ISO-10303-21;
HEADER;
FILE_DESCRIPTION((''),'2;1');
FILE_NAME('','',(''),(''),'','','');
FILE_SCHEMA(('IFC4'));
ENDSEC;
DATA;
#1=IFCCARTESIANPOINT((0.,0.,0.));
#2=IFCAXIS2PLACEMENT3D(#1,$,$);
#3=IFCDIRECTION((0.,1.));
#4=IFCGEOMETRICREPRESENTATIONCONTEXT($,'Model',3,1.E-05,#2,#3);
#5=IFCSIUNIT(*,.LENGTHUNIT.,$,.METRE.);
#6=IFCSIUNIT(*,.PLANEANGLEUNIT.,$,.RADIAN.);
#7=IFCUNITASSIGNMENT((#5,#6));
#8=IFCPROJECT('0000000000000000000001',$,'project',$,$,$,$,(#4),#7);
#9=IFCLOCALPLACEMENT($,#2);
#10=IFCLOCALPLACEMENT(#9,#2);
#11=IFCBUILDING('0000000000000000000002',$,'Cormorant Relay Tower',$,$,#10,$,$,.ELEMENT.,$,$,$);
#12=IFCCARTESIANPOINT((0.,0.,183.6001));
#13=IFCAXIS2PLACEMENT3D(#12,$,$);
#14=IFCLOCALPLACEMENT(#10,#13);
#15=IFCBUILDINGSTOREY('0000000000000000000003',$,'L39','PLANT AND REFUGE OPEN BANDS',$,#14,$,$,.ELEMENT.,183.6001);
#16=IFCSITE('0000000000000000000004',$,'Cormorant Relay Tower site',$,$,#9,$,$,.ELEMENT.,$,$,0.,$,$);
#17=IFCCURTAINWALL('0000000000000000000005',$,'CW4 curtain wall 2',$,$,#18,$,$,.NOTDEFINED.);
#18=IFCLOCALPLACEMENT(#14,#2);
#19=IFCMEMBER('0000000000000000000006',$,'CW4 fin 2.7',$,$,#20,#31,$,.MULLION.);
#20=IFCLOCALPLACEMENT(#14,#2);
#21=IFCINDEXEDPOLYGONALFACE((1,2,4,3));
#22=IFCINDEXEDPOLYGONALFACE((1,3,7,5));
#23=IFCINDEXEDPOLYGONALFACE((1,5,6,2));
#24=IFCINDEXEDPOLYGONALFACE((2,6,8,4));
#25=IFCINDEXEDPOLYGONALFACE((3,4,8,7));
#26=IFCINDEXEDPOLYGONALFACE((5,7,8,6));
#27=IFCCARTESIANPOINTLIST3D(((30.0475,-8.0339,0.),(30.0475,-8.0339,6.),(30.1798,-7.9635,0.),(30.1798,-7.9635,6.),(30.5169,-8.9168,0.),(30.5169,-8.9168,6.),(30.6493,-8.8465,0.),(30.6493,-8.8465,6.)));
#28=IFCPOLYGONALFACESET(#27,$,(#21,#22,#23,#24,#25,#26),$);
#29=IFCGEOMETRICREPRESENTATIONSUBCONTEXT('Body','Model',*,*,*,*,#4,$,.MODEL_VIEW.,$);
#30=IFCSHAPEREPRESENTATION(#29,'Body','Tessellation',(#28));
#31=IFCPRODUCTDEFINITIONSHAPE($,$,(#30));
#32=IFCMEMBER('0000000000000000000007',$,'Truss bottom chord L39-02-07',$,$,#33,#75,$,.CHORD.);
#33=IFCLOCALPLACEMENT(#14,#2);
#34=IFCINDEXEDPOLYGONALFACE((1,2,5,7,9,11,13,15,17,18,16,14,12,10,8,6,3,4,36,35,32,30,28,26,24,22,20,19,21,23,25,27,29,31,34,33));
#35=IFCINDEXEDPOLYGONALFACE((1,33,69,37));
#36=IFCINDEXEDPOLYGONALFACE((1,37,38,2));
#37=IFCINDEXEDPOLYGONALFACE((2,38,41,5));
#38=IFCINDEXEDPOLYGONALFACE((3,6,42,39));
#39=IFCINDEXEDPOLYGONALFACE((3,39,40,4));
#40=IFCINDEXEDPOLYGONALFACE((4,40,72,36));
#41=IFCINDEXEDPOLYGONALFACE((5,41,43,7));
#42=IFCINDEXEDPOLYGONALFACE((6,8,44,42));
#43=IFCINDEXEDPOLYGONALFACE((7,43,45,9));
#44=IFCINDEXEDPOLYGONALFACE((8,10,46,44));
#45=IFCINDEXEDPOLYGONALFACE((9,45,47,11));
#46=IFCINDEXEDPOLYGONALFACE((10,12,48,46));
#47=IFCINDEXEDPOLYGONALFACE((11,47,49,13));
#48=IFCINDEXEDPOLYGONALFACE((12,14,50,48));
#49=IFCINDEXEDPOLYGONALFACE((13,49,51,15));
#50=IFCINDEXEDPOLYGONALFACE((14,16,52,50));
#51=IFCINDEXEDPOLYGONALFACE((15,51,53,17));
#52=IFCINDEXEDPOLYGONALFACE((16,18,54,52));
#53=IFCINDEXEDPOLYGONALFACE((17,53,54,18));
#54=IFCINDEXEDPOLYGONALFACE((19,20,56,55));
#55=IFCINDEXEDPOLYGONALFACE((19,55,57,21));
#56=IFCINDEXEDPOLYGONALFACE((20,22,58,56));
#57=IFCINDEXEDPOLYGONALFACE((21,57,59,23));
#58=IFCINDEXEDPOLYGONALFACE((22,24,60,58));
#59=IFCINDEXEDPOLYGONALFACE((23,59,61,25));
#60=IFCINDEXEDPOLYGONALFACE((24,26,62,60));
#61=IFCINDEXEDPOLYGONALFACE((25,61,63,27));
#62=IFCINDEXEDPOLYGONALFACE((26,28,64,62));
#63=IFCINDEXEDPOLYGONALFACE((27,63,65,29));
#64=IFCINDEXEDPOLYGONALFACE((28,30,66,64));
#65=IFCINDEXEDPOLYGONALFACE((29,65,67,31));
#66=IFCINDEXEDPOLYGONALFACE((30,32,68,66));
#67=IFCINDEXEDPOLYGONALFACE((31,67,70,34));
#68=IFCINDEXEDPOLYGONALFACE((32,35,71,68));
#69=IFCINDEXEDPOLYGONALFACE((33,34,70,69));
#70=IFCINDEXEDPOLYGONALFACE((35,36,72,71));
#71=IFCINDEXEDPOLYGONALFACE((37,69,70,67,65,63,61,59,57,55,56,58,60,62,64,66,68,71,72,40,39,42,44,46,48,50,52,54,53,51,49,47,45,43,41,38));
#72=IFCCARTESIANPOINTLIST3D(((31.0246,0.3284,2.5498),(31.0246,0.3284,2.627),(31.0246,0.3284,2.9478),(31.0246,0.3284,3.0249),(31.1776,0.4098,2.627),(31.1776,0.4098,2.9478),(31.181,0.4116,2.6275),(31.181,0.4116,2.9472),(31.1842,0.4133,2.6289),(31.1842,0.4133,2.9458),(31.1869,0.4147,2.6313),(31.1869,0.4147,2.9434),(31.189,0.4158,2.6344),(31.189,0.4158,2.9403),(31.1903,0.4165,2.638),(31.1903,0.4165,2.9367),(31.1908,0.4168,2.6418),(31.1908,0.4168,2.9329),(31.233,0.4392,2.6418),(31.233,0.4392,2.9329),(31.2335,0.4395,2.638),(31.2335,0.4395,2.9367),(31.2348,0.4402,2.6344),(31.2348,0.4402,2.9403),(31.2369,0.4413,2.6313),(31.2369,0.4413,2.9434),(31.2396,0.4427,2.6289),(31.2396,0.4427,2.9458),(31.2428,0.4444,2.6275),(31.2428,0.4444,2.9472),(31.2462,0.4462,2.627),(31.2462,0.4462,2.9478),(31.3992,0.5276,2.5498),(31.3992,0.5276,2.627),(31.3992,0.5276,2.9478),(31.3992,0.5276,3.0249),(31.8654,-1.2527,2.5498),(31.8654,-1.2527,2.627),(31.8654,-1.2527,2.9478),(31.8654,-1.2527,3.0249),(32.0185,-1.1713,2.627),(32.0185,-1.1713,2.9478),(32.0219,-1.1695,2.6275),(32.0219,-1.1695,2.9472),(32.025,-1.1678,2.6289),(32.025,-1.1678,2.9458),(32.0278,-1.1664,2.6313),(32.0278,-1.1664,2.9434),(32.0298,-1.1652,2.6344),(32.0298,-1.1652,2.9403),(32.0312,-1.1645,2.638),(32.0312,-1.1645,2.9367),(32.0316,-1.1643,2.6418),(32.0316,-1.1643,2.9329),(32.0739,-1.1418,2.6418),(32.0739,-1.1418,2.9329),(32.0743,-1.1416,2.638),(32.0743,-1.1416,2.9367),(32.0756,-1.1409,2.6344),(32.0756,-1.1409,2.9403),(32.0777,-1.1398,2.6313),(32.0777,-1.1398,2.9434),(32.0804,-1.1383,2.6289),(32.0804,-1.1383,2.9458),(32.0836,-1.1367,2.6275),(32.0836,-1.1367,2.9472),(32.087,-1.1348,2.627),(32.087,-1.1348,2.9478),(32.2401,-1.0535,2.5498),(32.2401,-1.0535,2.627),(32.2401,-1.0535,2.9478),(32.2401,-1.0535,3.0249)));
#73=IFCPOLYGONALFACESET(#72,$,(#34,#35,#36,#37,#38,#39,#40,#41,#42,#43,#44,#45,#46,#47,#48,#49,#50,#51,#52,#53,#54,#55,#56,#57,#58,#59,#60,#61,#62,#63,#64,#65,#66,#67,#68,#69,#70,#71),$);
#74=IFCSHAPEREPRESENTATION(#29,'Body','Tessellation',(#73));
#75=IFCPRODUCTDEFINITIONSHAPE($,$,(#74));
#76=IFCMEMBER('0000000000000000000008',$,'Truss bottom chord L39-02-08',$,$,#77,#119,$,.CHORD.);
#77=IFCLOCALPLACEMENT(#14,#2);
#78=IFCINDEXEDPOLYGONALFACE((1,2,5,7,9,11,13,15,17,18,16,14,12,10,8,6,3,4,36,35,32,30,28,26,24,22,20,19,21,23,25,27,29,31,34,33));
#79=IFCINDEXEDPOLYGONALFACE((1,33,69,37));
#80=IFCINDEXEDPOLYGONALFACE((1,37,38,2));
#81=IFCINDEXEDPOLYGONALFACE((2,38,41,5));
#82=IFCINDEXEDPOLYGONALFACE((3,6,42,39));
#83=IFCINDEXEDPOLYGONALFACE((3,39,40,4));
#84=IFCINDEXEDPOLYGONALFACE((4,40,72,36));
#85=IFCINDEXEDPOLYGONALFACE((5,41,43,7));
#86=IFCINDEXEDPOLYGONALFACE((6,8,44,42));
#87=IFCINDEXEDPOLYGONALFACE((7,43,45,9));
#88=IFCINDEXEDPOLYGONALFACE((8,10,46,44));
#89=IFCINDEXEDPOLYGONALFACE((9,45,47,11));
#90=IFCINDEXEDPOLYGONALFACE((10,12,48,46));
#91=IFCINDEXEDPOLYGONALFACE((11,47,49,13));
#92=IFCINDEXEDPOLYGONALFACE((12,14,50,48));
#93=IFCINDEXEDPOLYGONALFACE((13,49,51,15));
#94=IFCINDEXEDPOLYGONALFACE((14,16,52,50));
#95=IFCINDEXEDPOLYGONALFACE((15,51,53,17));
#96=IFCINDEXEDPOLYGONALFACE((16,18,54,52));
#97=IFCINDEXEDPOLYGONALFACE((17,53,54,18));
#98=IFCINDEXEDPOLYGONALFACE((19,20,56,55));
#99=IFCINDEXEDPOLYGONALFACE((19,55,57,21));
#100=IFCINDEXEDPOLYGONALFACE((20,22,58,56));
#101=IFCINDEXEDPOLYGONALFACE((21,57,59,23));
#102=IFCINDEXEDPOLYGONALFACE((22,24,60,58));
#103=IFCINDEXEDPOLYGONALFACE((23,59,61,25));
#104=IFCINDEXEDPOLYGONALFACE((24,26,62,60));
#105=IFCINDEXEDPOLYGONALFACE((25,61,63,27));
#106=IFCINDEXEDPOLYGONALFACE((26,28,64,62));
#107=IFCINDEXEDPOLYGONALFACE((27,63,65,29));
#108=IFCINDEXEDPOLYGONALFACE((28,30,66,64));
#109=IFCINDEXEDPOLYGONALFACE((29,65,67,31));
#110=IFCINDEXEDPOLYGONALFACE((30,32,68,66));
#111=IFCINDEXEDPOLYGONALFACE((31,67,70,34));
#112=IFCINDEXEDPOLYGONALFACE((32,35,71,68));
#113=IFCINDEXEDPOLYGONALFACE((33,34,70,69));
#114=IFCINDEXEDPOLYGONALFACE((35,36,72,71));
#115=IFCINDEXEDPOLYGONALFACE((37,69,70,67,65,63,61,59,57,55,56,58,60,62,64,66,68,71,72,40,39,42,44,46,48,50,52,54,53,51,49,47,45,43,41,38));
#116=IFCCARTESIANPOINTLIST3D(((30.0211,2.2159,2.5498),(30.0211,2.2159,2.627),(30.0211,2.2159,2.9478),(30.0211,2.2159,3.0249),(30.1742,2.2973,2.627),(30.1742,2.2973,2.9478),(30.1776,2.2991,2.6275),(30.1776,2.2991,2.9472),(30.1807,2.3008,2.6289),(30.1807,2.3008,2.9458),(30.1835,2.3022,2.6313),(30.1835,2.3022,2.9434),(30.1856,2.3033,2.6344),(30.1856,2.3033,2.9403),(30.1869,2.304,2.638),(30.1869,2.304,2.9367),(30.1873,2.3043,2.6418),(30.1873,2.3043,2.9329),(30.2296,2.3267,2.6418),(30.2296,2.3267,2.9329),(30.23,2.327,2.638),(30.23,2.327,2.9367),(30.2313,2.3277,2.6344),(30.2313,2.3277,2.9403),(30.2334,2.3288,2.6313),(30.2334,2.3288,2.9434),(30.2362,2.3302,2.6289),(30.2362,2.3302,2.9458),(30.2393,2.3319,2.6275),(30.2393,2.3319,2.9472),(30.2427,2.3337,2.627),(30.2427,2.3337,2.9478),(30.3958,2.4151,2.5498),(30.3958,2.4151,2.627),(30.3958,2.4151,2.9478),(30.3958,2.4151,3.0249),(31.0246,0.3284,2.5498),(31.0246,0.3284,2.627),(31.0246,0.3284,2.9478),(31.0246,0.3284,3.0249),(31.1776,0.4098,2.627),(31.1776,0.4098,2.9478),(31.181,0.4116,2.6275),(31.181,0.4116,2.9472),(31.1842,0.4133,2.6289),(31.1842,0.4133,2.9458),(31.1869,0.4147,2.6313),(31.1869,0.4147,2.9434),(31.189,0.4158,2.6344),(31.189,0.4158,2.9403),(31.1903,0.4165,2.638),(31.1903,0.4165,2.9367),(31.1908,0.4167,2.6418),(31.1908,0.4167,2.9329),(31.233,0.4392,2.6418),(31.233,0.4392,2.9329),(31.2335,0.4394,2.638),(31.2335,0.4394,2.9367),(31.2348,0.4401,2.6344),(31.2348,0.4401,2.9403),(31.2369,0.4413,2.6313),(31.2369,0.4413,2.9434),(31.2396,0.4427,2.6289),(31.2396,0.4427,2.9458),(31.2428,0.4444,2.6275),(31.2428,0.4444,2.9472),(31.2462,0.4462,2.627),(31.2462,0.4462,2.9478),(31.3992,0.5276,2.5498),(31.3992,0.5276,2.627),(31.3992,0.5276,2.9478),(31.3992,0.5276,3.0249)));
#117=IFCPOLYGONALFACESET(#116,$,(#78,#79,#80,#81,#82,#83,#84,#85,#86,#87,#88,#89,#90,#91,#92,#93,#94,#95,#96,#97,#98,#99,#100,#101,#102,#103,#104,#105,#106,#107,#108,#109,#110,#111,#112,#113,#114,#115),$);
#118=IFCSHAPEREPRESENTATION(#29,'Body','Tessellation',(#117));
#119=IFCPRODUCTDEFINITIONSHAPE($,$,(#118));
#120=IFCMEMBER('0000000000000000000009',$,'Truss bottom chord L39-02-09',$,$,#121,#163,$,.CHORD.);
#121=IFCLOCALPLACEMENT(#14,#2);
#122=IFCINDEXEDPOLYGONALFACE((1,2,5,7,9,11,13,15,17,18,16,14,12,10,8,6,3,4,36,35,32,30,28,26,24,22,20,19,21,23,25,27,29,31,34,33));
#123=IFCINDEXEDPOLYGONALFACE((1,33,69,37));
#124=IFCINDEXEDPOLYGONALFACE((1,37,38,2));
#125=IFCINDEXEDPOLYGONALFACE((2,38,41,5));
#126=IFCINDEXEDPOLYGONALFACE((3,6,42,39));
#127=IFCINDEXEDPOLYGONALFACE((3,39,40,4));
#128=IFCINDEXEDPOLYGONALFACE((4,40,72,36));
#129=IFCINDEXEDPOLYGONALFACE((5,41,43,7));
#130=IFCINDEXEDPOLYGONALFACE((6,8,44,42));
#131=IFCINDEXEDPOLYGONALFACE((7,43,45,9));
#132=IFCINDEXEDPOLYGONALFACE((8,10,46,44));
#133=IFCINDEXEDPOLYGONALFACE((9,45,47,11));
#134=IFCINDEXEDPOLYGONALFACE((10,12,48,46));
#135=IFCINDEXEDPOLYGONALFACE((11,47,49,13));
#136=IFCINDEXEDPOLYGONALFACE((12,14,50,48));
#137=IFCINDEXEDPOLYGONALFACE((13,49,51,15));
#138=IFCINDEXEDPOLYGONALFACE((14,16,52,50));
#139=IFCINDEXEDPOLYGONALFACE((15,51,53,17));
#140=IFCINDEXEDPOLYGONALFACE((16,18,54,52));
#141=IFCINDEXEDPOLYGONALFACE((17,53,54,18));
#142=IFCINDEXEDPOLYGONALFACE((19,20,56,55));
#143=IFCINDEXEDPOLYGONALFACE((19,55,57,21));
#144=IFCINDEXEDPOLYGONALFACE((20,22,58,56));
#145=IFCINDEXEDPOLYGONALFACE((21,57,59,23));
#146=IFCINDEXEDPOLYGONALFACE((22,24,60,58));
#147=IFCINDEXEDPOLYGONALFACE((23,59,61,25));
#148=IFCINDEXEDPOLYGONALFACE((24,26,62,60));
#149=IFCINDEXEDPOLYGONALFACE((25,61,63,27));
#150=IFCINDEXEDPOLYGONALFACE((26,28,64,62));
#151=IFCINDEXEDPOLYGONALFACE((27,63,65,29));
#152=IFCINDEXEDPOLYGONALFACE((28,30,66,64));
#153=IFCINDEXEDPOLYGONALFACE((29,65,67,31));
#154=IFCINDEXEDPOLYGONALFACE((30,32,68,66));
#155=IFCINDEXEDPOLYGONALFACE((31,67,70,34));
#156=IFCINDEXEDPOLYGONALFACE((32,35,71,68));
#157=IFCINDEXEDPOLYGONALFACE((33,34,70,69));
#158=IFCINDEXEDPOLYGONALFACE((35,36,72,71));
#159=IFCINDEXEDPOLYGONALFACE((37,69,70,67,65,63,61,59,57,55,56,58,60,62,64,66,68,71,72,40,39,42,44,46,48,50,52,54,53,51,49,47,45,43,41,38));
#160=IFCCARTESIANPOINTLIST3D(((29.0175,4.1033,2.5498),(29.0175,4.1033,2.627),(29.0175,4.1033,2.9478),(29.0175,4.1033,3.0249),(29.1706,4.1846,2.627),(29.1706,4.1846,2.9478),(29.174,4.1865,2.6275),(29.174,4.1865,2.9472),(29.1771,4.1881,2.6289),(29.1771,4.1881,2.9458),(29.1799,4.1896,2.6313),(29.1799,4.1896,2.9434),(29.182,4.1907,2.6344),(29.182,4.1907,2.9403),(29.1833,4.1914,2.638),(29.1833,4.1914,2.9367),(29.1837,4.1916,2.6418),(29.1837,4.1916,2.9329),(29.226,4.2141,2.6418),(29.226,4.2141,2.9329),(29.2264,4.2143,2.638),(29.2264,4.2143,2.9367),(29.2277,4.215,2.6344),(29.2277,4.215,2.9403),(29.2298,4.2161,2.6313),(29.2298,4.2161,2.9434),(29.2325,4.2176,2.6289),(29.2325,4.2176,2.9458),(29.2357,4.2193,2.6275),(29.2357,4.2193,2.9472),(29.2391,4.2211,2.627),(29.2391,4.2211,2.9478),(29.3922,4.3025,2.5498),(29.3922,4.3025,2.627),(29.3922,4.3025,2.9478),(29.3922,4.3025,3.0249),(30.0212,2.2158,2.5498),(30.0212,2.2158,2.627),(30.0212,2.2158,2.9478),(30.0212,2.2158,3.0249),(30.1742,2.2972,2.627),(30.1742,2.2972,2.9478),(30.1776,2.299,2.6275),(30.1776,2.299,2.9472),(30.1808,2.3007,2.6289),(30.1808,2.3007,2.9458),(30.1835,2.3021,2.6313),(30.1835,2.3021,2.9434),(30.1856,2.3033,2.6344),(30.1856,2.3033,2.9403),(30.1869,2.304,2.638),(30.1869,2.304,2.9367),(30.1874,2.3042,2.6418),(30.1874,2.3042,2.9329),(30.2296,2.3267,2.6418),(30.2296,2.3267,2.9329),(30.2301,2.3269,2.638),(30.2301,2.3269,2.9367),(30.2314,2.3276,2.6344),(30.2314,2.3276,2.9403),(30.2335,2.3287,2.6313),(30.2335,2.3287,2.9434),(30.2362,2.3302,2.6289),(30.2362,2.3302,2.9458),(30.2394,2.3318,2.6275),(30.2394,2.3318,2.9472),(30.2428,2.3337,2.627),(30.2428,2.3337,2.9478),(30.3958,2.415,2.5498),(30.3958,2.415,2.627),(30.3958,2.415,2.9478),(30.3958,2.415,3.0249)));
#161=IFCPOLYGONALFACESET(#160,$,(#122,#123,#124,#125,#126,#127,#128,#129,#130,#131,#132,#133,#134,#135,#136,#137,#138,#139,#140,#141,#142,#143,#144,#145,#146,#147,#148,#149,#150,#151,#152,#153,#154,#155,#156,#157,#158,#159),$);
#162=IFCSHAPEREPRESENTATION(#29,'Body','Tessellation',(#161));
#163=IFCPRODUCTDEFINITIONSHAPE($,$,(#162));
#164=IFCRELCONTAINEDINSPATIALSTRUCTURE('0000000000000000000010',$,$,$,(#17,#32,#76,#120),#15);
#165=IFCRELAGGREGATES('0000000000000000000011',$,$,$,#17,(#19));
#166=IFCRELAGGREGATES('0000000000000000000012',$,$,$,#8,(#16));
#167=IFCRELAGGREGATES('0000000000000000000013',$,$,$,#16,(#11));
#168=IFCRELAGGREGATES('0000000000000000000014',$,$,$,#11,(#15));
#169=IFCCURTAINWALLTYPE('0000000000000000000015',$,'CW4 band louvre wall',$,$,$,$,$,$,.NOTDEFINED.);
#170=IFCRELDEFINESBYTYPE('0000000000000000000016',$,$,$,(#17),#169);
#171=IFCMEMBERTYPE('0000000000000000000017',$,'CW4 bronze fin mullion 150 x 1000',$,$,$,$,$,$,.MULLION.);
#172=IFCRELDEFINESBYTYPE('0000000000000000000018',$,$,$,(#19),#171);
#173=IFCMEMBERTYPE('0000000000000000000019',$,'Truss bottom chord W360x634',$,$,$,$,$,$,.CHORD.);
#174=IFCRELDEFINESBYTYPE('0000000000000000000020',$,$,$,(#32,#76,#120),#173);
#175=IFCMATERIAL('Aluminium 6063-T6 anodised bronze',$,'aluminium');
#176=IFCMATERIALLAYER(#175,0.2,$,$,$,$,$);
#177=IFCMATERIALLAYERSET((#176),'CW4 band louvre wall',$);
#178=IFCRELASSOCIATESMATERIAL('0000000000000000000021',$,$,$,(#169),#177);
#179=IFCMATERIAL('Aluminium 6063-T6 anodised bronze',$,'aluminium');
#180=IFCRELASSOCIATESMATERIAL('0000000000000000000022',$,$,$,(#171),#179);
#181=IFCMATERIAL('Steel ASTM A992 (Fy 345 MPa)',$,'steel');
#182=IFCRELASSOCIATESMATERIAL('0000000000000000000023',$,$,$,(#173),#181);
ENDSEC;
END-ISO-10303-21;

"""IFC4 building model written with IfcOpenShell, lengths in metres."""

from ifc_helpers import new_model, si_unit, direction, frame, origin, origin_2d, place, context, subcontext, project, spatial, rectangle, i_section, extrude, material, layer, layer_set, material_profile, profile_set, type_object, element, aggregate, save


model = new_model("IFC4")

# Units and contexts
model_context = context("Model", 3, precision=1e-05, world=origin(), true_north=direction((0.0, 1.0)))
body_context = subcontext(model_context, "Body", "Model", "MODEL_VIEW")
ifc_project = project(units=[si_unit("LENGTHUNIT", "METRE"), si_unit("PLANEANGLEUNIT", "RADIAN")], contexts=[model_context])

# Site, building, storey
site_placement = place(None, origin())
site = spatial("IfcSite", under=ifc_project, at=site_placement, Name="Cormorant Relay Tower site", CompositionType="ELEMENT", RefElevation=0.0)
building_placement = place(site_placement, origin())
building = spatial("IfcBuilding", under=site, at=building_placement, Name="Cormorant Relay Tower", CompositionType="ELEMENT")
storey_placement = place(building_placement, frame((0.0, 0.0, 183.6001)))
storey = spatial("IfcBuildingStorey", under=building, at=storey_placement, Name="L39", Description="PLANT AND REFUGE OPEN BANDS", CompositionType="ELEMENT", Elevation=183.6001)

# Curtain wall, member
ifc_material_1 = material(Name="Aluminium 6063-T6 anodised bronze", Category="aluminium")
ifc_layer_1 = layer(ifc_material_1, 0.2)
ifc_layer_set_1 = layer_set([ifc_layer_1], Name="CW4 band louvre wall")
curtain_wall_type = type_object("IfcCurtainWallType", Name="CW4 band louvre wall", PredefinedType="NOTDEFINED", material=ifc_layer_set_1)
curtain_wall_placement = place(storey_placement, origin())
curtain_wall = element("IfcCurtainWall", 1, at=curtain_wall_placement, inside=storey, type_object=curtain_wall_type, Name="CW4 curtain wall 2", PredefinedType="NOTDEFINED")
ifc_material_2 = material(Name="Aluminium 6063-T6 anodised bronze", Category="aluminium")
ifc_material_profile_1 = material_profile(ifc_material_2, rectangle(XDim=0.1499, YDim=1.0, at=origin_2d()), Name="AL 150x1000")
ifc_profile_set_1 = profile_set([ifc_material_profile_1], Name="Aluminium 6063-T6 anodised bronze")
member_type_1 = type_object("IfcMemberType", Name="CW4 bronze fin mullion 150 x 1000", PredefinedType="MULLION", material=ifc_profile_set_1)
member_1_placement = place(storey_placement, frame((30.3484, -8.4402, 0.0), z_axis=(0.0, 0.0, 1.0), x_axis=(0.882948, 0.469472, 0.0)))
member_1 = element("IfcMember", 2, at=member_1_placement, type_object=member_type_1, Name="CW4 fin 2.7", PredefinedType="MULLION", context=body_context, shape_type="SweptSolid", body=[
    extrude(rectangle(XDim=0.1499, YDim=1.0, at=origin_2d()), origin(), (0.0, 0.0, 1.0), 6.0),
])

# Members
ifc_material_3 = material(Name="Steel ASTM A992 (Fy 345 MPa)", Category="steel")
ifc_material_profile_2 = material_profile(ifc_material_3, i_section(OverallWidth=0.4243, OverallDepth=0.4751, WebThickness=0.0479, FlangeThickness=0.0771, FilletRadius=0.0149, at=origin_2d()), Name="W360x634")
ifc_profile_set_2 = profile_set([ifc_material_profile_2], Name="Steel ASTM A992 (Fy 345 MPa)")
member_type_2 = type_object("IfcMemberType", Name="Truss bottom chord W360x634", PredefinedType="CHORD", material=ifc_profile_set_2)
member_2_placement = place(storey_placement, frame((32.0527, -1.1531, 2.7874), z_axis=(-0.469541, 0.882911, 0.0), x_axis=(-0.882911, -0.469541, 0.0)))
element("IfcMember", 3, at=member_2_placement, inside=storey, type_object=member_type_2, Name="Truss bottom chord L39-02-07", PredefinedType="CHORD", context=body_context, shape_type="SweptSolid", body=[
    extrude(i_section(OverallWidth=0.4243, OverallDepth=0.4751, WebThickness=0.0479, FlangeThickness=0.0771, FilletRadius=0.0149, at=origin_2d()), origin(), (0.0, 0.0, 1.0), 1.7908),
])
for number, where, z_axis, x_axis, name in (
    (4, (31.2119, 0.428, 2.7874), (-0.469414, 0.882978, 0.0), (-0.882978, -0.469414, 0.0), "Truss bottom chord L39-02-08"),
    (5, (30.2085, 2.3154, 2.7874), (-0.469503, 0.882931, 0.0), (-0.882931, -0.469503, 0.0), "Truss bottom chord L39-02-09"),
):
    element("IfcMember", number, at=place(storey_placement, frame(where, z_axis=z_axis, x_axis=x_axis)), inside=storey, type_object=member_type_2, Name=name, PredefinedType="CHORD", context=body_context, shape_type="SweptSolid", body=[
        extrude(i_section(OverallWidth=0.4243, OverallDepth=0.4751, WebThickness=0.0479, FlangeThickness=0.0771, FilletRadius=0.0149, at=origin_2d()), origin(), (0.0, 0.0, 1.0), 2.1377),
    ])

aggregate(curtain_wall, [member_1])

save(model, "model.ifc")
